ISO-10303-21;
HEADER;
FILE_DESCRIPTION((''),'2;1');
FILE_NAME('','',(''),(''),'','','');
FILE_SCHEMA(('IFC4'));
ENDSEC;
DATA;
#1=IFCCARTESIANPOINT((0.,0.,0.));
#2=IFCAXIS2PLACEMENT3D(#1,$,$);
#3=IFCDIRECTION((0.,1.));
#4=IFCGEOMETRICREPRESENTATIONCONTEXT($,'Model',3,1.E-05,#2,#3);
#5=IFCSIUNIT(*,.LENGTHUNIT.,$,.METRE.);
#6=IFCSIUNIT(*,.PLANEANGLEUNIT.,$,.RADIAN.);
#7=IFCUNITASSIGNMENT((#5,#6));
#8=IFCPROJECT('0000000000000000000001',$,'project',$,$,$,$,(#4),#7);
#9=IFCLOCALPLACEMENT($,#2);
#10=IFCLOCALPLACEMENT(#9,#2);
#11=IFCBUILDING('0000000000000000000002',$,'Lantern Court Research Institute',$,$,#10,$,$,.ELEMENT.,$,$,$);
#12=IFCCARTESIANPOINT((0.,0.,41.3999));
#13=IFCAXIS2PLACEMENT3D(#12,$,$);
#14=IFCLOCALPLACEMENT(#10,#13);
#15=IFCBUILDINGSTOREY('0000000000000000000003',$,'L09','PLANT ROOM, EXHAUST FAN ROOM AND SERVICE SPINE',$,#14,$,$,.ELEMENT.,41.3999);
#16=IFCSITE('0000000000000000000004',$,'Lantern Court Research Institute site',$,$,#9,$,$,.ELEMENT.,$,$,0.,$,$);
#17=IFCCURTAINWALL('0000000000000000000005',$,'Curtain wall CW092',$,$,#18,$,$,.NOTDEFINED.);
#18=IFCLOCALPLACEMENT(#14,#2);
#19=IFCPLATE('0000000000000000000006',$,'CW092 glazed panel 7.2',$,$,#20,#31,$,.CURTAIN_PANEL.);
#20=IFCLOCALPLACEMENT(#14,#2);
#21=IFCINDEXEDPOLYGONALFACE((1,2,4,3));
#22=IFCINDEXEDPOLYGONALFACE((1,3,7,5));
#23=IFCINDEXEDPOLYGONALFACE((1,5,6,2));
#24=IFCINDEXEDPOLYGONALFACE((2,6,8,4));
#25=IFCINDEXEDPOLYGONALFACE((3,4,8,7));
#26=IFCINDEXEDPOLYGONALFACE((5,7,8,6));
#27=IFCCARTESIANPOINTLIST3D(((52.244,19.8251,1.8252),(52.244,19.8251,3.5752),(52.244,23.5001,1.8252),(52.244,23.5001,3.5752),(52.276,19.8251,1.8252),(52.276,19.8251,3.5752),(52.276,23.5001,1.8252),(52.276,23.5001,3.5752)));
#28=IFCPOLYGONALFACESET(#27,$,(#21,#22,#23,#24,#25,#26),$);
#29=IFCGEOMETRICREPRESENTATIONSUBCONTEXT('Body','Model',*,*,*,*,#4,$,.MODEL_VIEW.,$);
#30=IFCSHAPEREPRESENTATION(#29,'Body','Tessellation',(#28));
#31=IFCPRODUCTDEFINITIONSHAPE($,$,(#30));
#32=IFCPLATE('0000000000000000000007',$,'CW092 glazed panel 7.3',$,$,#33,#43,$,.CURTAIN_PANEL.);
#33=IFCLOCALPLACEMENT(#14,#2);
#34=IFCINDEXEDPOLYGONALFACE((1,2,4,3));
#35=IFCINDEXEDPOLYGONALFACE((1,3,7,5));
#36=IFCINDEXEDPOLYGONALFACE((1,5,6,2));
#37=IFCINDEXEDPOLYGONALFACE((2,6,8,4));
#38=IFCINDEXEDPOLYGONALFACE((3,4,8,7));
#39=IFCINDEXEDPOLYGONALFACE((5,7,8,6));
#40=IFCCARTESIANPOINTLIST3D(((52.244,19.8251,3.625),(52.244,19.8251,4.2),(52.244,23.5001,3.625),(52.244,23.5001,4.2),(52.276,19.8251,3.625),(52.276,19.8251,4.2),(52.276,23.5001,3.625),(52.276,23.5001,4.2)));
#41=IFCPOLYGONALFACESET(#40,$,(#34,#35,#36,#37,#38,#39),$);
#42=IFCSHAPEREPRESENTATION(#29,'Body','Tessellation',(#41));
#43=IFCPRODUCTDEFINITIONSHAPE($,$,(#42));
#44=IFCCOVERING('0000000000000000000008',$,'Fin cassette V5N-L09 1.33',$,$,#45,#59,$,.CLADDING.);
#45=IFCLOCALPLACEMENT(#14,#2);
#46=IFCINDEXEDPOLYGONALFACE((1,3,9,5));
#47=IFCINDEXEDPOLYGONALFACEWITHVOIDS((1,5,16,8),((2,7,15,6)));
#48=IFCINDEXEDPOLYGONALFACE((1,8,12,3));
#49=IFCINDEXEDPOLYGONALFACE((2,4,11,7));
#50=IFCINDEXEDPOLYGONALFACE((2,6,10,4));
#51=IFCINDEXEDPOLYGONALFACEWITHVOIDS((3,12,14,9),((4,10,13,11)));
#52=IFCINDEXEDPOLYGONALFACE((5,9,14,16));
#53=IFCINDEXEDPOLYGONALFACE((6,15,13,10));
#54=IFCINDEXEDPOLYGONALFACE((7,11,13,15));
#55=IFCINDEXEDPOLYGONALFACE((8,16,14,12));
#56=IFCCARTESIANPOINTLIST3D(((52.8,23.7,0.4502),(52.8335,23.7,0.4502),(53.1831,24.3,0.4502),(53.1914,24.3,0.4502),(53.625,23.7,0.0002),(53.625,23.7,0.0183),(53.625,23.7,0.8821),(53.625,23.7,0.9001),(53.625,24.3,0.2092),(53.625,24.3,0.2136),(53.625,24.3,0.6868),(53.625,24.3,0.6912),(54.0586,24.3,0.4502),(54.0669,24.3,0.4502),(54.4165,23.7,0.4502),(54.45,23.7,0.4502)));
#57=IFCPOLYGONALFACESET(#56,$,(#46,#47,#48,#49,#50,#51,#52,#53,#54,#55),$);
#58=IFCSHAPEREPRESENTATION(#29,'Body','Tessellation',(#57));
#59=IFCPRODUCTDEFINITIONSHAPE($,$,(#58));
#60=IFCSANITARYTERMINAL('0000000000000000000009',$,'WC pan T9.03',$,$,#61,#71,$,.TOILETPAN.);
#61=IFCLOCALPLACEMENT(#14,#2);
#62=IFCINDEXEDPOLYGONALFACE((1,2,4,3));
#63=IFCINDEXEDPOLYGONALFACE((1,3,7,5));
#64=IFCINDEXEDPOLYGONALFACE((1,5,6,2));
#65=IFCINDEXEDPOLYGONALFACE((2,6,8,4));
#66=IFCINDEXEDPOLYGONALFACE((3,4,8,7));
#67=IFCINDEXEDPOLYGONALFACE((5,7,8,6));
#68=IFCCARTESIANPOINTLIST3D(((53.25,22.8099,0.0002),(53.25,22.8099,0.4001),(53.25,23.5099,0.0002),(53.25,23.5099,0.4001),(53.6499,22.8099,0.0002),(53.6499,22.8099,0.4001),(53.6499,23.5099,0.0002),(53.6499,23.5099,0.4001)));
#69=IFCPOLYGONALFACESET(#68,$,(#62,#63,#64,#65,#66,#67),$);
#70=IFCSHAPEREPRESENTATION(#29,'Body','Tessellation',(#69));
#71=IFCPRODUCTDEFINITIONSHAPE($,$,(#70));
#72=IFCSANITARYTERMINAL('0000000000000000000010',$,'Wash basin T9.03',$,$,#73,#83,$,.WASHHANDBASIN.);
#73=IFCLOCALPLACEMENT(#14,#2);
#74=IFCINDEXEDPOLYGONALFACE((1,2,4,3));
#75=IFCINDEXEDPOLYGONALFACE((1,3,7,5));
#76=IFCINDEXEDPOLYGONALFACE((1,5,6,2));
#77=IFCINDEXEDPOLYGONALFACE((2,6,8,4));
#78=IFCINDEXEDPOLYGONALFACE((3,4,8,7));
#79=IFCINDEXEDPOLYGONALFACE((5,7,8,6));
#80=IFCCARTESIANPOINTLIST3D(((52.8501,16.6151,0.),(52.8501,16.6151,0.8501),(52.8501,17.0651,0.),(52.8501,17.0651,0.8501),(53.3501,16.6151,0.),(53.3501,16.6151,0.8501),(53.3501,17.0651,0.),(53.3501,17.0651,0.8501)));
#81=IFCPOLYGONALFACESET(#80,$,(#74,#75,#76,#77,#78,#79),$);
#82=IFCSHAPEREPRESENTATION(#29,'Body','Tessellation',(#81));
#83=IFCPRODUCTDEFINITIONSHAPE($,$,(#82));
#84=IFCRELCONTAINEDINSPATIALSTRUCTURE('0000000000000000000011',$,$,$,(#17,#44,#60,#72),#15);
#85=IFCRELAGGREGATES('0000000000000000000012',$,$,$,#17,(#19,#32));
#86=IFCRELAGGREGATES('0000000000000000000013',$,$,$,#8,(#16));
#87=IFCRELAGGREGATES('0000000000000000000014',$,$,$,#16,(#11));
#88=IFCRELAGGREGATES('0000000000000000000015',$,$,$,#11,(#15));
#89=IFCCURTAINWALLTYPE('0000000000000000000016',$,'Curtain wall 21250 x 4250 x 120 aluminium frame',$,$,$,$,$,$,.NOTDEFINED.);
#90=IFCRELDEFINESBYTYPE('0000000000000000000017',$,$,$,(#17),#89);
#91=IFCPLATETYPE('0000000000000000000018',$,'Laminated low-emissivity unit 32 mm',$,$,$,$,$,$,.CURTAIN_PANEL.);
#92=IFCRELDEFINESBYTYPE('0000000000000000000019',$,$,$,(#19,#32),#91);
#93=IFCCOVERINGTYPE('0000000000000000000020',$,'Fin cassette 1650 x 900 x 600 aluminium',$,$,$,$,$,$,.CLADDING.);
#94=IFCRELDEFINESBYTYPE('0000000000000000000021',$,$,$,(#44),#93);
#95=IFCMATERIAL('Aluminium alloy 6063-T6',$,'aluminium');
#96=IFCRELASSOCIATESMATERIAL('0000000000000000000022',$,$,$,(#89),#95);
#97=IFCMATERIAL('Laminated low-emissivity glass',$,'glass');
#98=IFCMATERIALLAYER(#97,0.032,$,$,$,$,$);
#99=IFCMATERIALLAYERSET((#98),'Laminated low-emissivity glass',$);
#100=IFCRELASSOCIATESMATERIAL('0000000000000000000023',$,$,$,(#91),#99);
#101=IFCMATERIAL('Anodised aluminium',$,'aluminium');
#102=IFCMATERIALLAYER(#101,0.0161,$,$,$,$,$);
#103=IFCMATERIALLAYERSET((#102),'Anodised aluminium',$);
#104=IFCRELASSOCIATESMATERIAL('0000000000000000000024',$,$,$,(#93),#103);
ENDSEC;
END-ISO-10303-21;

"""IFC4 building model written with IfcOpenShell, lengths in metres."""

from ifc_helpers import new_model, entity, si_unit, direction, frame, origin, origin_2d, place, context, subcontext, project, spatial, rectangle, extrude, material, layer, layer_set, type_object, element, aggregate, save


model = new_model("IFC4")

# Units and contexts
model_context = context("Model", 3, precision=1e-05, world=origin(), true_north=direction((0.0, 1.0)))
body_context = subcontext(model_context, "Body", "Model", "MODEL_VIEW")
ifc_project = project(units=[si_unit("LENGTHUNIT", "METRE"), si_unit("PLANEANGLEUNIT", "RADIAN")], contexts=[model_context])

# Site, building, storey
site_placement = place(None, origin())
site = spatial("IfcSite", under=ifc_project, at=site_placement, Name="Lantern Court Research Institute site", CompositionType="ELEMENT", RefElevation=0.0)
building_placement = place(site_placement, origin())
building = spatial("IfcBuilding", under=site, at=building_placement, Name="Lantern Court Research Institute", CompositionType="ELEMENT")
storey_placement = place(building_placement, frame((0.0, 0.0, 41.3999)))
storey = spatial("IfcBuildingStorey", under=building, at=storey_placement, Name="L09", Description="PLANT ROOM, EXHAUST FAN ROOM AND SERVICE SPINE", CompositionType="ELEMENT", Elevation=41.3999)

# Curtain wall, plates
ifc_material_1 = material(Name="Aluminium alloy 6063-T6", Category="aluminium")
curtain_wall_type = type_object("IfcCurtainWallType", Name="Curtain wall 21250 x 4250 x 120 aluminium frame", PredefinedType="NOTDEFINED", material=ifc_material_1)
curtain_wall_placement = place(storey_placement, origin())
curtain_wall = element("IfcCurtainWall", 1, at=curtain_wall_placement, inside=storey, type_object=curtain_wall_type, Name="Curtain wall CW092", PredefinedType="NOTDEFINED")
ifc_material_2 = material(Name="Laminated low-emissivity glass", Category="glass")
ifc_layer_1 = layer(ifc_material_2, 0.032)
ifc_layer_set_1 = layer_set([ifc_layer_1], Name="Laminated low-emissivity glass")
plate_type_1 = type_object("IfcPlateType", Name="Laminated low-emissivity unit 32 mm", PredefinedType="CURTAIN_PANEL", material=ifc_layer_set_1)
plate_1_placement = place(storey_placement, frame((52.26, 21.6626, 1.8252), z_axis=(0.0, 0.0, 1.0), x_axis=(0.0, 1.0, 0.0)))
plate_1 = element("IfcPlate", 2, at=plate_1_placement, type_object=plate_type_1, Name="CW092 glazed panel 7.2", PredefinedType="CURTAIN_PANEL", context=body_context, shape_type="SweptSolid", body=[
    extrude(rectangle(XDim=3.675, YDim=0.032, at=origin_2d()), origin(), (0.0, 0.0, 1.0), 1.75),
])
plate_2_placement = place(storey_placement, frame((52.26, 21.6626, 3.625), z_axis=(0.0, 0.0, 1.0), x_axis=(0.0, 1.0, 0.0)))
plate_2 = element("IfcPlate", 3, at=plate_2_placement, type_object=plate_type_1, Name="CW092 glazed panel 7.3", PredefinedType="CURTAIN_PANEL", context=body_context, shape_type="SweptSolid", body=[
    extrude(rectangle(XDim=3.675, YDim=0.032, at=origin_2d()), origin(), (0.0, 0.0, 1.0), 0.575),
])
aggregate(curtain_wall, [plate_1, plate_2])

# Covering
ifc_material_3 = material(Name="Anodised aluminium", Category="aluminium")
ifc_layer_2 = layer(ifc_material_3, 0.0161)
ifc_layer_set_2 = layer_set([ifc_layer_2], Name="Anodised aluminium")
covering_type = type_object("IfcCoveringType", Name="Fin cassette 1650 x 900 x 600 aluminium", PredefinedType="CLADDING", material=ifc_layer_set_2)
covering_placement = place(storey_placement, frame((53.625, 23.7, 0.4502), z_axis=(0.0, 1.0, 0.0), x_axis=(-1.0, 0.0, 0.0)))
cartesian_point_1 = entity("IfcCartesianPoint", [0.825, 0.0])
cartesian_point_2 = entity("IfcCartesianPoint", [0.7915, 0.0])
cartesian_point_3 = entity("IfcCartesianPoint", [0.4419, 0.0])
cartesian_point_4 = entity("IfcCartesianPoint", [0.4336, 0.0])
element("IfcCovering", 4, at=covering_placement, inside=storey, type_object=covering_type, Name="Fin cassette V5N-L09 1.33", PredefinedType="CLADDING", context=body_context, shape_type="SweptSolid", body=[
    entity("IfcExtrudedAreaSolidTapered", entity("IfcArbitraryProfileDefWithVoids", "AREA", None, entity("IfcPolyline", [cartesian_point_1, entity("IfcCartesianPoint", [0.0, 0.45]), entity("IfcCartesianPoint", [-0.825, 0.0]), entity("IfcCartesianPoint", [0.0, -0.45]), cartesian_point_1]), [entity("IfcPolyline", [cartesian_point_2, entity("IfcCartesianPoint", [0.0, 0.4319]), entity("IfcCartesianPoint", [-0.7915, 0.0]), entity("IfcCartesianPoint", [0.0, -0.4319]), cartesian_point_2])]), entity("IfcAxis2Placement3D", entity("IfcCartesianPoint", [0.0, 0.0, 0.0])), entity("IfcDirection", [0.0, 0.0, 1.0]), 0.6001, entity("IfcArbitraryProfileDefWithVoids", "AREA", None, entity("IfcPolyline", [cartesian_point_3, entity("IfcCartesianPoint", [0.0, 0.241]), entity("IfcCartesianPoint", [-0.4419, 0.0]), entity("IfcCartesianPoint", [0.0, -0.241]), cartesian_point_3]), [entity("IfcPolyline", [cartesian_point_4, entity("IfcCartesianPoint", [0.0, 0.2366]), entity("IfcCartesianPoint", [-0.4336, 0.0]), entity("IfcCartesianPoint", [0.0, -0.2366]), cartesian_point_4])])),
])

# Sanitary terminals
sanitary_terminal_1_placement = place(storey_placement, frame((53.45, 23.1599, 0.0002), z_axis=(0.0, 0.0, 1.0), x_axis=(1.0, 0.0, 0.0)))
element("IfcSanitaryTerminal", 5, at=sanitary_terminal_1_placement, inside=storey, Name="WC pan T9.03", PredefinedType="TOILETPAN", context=body_context, shape_type="SweptSolid", body=[
    extrude(rectangle(XDim=0.3999, YDim=0.7, at=origin_2d()), origin(), (0.0, 0.0, 1.0), 0.3999),
])
sanitary_terminal_2_placement = place(storey_placement, frame((53.1001, 16.8401, 0.0), z_axis=(0.0, 0.0, 1.0), x_axis=(1.0, 0.0, 0.0)))
element("IfcSanitaryTerminal", 6, at=sanitary_terminal_2_placement, inside=storey, Name="Wash basin T9.03", PredefinedType="WASHHANDBASIN", context=body_context, shape_type="SweptSolid", body=[
    extrude(rectangle(XDim=0.5, YDim=0.45, at=origin_2d()), origin(), (0.0, 0.0, 1.0), 0.8501),
])

save(model, "model.ifc")
